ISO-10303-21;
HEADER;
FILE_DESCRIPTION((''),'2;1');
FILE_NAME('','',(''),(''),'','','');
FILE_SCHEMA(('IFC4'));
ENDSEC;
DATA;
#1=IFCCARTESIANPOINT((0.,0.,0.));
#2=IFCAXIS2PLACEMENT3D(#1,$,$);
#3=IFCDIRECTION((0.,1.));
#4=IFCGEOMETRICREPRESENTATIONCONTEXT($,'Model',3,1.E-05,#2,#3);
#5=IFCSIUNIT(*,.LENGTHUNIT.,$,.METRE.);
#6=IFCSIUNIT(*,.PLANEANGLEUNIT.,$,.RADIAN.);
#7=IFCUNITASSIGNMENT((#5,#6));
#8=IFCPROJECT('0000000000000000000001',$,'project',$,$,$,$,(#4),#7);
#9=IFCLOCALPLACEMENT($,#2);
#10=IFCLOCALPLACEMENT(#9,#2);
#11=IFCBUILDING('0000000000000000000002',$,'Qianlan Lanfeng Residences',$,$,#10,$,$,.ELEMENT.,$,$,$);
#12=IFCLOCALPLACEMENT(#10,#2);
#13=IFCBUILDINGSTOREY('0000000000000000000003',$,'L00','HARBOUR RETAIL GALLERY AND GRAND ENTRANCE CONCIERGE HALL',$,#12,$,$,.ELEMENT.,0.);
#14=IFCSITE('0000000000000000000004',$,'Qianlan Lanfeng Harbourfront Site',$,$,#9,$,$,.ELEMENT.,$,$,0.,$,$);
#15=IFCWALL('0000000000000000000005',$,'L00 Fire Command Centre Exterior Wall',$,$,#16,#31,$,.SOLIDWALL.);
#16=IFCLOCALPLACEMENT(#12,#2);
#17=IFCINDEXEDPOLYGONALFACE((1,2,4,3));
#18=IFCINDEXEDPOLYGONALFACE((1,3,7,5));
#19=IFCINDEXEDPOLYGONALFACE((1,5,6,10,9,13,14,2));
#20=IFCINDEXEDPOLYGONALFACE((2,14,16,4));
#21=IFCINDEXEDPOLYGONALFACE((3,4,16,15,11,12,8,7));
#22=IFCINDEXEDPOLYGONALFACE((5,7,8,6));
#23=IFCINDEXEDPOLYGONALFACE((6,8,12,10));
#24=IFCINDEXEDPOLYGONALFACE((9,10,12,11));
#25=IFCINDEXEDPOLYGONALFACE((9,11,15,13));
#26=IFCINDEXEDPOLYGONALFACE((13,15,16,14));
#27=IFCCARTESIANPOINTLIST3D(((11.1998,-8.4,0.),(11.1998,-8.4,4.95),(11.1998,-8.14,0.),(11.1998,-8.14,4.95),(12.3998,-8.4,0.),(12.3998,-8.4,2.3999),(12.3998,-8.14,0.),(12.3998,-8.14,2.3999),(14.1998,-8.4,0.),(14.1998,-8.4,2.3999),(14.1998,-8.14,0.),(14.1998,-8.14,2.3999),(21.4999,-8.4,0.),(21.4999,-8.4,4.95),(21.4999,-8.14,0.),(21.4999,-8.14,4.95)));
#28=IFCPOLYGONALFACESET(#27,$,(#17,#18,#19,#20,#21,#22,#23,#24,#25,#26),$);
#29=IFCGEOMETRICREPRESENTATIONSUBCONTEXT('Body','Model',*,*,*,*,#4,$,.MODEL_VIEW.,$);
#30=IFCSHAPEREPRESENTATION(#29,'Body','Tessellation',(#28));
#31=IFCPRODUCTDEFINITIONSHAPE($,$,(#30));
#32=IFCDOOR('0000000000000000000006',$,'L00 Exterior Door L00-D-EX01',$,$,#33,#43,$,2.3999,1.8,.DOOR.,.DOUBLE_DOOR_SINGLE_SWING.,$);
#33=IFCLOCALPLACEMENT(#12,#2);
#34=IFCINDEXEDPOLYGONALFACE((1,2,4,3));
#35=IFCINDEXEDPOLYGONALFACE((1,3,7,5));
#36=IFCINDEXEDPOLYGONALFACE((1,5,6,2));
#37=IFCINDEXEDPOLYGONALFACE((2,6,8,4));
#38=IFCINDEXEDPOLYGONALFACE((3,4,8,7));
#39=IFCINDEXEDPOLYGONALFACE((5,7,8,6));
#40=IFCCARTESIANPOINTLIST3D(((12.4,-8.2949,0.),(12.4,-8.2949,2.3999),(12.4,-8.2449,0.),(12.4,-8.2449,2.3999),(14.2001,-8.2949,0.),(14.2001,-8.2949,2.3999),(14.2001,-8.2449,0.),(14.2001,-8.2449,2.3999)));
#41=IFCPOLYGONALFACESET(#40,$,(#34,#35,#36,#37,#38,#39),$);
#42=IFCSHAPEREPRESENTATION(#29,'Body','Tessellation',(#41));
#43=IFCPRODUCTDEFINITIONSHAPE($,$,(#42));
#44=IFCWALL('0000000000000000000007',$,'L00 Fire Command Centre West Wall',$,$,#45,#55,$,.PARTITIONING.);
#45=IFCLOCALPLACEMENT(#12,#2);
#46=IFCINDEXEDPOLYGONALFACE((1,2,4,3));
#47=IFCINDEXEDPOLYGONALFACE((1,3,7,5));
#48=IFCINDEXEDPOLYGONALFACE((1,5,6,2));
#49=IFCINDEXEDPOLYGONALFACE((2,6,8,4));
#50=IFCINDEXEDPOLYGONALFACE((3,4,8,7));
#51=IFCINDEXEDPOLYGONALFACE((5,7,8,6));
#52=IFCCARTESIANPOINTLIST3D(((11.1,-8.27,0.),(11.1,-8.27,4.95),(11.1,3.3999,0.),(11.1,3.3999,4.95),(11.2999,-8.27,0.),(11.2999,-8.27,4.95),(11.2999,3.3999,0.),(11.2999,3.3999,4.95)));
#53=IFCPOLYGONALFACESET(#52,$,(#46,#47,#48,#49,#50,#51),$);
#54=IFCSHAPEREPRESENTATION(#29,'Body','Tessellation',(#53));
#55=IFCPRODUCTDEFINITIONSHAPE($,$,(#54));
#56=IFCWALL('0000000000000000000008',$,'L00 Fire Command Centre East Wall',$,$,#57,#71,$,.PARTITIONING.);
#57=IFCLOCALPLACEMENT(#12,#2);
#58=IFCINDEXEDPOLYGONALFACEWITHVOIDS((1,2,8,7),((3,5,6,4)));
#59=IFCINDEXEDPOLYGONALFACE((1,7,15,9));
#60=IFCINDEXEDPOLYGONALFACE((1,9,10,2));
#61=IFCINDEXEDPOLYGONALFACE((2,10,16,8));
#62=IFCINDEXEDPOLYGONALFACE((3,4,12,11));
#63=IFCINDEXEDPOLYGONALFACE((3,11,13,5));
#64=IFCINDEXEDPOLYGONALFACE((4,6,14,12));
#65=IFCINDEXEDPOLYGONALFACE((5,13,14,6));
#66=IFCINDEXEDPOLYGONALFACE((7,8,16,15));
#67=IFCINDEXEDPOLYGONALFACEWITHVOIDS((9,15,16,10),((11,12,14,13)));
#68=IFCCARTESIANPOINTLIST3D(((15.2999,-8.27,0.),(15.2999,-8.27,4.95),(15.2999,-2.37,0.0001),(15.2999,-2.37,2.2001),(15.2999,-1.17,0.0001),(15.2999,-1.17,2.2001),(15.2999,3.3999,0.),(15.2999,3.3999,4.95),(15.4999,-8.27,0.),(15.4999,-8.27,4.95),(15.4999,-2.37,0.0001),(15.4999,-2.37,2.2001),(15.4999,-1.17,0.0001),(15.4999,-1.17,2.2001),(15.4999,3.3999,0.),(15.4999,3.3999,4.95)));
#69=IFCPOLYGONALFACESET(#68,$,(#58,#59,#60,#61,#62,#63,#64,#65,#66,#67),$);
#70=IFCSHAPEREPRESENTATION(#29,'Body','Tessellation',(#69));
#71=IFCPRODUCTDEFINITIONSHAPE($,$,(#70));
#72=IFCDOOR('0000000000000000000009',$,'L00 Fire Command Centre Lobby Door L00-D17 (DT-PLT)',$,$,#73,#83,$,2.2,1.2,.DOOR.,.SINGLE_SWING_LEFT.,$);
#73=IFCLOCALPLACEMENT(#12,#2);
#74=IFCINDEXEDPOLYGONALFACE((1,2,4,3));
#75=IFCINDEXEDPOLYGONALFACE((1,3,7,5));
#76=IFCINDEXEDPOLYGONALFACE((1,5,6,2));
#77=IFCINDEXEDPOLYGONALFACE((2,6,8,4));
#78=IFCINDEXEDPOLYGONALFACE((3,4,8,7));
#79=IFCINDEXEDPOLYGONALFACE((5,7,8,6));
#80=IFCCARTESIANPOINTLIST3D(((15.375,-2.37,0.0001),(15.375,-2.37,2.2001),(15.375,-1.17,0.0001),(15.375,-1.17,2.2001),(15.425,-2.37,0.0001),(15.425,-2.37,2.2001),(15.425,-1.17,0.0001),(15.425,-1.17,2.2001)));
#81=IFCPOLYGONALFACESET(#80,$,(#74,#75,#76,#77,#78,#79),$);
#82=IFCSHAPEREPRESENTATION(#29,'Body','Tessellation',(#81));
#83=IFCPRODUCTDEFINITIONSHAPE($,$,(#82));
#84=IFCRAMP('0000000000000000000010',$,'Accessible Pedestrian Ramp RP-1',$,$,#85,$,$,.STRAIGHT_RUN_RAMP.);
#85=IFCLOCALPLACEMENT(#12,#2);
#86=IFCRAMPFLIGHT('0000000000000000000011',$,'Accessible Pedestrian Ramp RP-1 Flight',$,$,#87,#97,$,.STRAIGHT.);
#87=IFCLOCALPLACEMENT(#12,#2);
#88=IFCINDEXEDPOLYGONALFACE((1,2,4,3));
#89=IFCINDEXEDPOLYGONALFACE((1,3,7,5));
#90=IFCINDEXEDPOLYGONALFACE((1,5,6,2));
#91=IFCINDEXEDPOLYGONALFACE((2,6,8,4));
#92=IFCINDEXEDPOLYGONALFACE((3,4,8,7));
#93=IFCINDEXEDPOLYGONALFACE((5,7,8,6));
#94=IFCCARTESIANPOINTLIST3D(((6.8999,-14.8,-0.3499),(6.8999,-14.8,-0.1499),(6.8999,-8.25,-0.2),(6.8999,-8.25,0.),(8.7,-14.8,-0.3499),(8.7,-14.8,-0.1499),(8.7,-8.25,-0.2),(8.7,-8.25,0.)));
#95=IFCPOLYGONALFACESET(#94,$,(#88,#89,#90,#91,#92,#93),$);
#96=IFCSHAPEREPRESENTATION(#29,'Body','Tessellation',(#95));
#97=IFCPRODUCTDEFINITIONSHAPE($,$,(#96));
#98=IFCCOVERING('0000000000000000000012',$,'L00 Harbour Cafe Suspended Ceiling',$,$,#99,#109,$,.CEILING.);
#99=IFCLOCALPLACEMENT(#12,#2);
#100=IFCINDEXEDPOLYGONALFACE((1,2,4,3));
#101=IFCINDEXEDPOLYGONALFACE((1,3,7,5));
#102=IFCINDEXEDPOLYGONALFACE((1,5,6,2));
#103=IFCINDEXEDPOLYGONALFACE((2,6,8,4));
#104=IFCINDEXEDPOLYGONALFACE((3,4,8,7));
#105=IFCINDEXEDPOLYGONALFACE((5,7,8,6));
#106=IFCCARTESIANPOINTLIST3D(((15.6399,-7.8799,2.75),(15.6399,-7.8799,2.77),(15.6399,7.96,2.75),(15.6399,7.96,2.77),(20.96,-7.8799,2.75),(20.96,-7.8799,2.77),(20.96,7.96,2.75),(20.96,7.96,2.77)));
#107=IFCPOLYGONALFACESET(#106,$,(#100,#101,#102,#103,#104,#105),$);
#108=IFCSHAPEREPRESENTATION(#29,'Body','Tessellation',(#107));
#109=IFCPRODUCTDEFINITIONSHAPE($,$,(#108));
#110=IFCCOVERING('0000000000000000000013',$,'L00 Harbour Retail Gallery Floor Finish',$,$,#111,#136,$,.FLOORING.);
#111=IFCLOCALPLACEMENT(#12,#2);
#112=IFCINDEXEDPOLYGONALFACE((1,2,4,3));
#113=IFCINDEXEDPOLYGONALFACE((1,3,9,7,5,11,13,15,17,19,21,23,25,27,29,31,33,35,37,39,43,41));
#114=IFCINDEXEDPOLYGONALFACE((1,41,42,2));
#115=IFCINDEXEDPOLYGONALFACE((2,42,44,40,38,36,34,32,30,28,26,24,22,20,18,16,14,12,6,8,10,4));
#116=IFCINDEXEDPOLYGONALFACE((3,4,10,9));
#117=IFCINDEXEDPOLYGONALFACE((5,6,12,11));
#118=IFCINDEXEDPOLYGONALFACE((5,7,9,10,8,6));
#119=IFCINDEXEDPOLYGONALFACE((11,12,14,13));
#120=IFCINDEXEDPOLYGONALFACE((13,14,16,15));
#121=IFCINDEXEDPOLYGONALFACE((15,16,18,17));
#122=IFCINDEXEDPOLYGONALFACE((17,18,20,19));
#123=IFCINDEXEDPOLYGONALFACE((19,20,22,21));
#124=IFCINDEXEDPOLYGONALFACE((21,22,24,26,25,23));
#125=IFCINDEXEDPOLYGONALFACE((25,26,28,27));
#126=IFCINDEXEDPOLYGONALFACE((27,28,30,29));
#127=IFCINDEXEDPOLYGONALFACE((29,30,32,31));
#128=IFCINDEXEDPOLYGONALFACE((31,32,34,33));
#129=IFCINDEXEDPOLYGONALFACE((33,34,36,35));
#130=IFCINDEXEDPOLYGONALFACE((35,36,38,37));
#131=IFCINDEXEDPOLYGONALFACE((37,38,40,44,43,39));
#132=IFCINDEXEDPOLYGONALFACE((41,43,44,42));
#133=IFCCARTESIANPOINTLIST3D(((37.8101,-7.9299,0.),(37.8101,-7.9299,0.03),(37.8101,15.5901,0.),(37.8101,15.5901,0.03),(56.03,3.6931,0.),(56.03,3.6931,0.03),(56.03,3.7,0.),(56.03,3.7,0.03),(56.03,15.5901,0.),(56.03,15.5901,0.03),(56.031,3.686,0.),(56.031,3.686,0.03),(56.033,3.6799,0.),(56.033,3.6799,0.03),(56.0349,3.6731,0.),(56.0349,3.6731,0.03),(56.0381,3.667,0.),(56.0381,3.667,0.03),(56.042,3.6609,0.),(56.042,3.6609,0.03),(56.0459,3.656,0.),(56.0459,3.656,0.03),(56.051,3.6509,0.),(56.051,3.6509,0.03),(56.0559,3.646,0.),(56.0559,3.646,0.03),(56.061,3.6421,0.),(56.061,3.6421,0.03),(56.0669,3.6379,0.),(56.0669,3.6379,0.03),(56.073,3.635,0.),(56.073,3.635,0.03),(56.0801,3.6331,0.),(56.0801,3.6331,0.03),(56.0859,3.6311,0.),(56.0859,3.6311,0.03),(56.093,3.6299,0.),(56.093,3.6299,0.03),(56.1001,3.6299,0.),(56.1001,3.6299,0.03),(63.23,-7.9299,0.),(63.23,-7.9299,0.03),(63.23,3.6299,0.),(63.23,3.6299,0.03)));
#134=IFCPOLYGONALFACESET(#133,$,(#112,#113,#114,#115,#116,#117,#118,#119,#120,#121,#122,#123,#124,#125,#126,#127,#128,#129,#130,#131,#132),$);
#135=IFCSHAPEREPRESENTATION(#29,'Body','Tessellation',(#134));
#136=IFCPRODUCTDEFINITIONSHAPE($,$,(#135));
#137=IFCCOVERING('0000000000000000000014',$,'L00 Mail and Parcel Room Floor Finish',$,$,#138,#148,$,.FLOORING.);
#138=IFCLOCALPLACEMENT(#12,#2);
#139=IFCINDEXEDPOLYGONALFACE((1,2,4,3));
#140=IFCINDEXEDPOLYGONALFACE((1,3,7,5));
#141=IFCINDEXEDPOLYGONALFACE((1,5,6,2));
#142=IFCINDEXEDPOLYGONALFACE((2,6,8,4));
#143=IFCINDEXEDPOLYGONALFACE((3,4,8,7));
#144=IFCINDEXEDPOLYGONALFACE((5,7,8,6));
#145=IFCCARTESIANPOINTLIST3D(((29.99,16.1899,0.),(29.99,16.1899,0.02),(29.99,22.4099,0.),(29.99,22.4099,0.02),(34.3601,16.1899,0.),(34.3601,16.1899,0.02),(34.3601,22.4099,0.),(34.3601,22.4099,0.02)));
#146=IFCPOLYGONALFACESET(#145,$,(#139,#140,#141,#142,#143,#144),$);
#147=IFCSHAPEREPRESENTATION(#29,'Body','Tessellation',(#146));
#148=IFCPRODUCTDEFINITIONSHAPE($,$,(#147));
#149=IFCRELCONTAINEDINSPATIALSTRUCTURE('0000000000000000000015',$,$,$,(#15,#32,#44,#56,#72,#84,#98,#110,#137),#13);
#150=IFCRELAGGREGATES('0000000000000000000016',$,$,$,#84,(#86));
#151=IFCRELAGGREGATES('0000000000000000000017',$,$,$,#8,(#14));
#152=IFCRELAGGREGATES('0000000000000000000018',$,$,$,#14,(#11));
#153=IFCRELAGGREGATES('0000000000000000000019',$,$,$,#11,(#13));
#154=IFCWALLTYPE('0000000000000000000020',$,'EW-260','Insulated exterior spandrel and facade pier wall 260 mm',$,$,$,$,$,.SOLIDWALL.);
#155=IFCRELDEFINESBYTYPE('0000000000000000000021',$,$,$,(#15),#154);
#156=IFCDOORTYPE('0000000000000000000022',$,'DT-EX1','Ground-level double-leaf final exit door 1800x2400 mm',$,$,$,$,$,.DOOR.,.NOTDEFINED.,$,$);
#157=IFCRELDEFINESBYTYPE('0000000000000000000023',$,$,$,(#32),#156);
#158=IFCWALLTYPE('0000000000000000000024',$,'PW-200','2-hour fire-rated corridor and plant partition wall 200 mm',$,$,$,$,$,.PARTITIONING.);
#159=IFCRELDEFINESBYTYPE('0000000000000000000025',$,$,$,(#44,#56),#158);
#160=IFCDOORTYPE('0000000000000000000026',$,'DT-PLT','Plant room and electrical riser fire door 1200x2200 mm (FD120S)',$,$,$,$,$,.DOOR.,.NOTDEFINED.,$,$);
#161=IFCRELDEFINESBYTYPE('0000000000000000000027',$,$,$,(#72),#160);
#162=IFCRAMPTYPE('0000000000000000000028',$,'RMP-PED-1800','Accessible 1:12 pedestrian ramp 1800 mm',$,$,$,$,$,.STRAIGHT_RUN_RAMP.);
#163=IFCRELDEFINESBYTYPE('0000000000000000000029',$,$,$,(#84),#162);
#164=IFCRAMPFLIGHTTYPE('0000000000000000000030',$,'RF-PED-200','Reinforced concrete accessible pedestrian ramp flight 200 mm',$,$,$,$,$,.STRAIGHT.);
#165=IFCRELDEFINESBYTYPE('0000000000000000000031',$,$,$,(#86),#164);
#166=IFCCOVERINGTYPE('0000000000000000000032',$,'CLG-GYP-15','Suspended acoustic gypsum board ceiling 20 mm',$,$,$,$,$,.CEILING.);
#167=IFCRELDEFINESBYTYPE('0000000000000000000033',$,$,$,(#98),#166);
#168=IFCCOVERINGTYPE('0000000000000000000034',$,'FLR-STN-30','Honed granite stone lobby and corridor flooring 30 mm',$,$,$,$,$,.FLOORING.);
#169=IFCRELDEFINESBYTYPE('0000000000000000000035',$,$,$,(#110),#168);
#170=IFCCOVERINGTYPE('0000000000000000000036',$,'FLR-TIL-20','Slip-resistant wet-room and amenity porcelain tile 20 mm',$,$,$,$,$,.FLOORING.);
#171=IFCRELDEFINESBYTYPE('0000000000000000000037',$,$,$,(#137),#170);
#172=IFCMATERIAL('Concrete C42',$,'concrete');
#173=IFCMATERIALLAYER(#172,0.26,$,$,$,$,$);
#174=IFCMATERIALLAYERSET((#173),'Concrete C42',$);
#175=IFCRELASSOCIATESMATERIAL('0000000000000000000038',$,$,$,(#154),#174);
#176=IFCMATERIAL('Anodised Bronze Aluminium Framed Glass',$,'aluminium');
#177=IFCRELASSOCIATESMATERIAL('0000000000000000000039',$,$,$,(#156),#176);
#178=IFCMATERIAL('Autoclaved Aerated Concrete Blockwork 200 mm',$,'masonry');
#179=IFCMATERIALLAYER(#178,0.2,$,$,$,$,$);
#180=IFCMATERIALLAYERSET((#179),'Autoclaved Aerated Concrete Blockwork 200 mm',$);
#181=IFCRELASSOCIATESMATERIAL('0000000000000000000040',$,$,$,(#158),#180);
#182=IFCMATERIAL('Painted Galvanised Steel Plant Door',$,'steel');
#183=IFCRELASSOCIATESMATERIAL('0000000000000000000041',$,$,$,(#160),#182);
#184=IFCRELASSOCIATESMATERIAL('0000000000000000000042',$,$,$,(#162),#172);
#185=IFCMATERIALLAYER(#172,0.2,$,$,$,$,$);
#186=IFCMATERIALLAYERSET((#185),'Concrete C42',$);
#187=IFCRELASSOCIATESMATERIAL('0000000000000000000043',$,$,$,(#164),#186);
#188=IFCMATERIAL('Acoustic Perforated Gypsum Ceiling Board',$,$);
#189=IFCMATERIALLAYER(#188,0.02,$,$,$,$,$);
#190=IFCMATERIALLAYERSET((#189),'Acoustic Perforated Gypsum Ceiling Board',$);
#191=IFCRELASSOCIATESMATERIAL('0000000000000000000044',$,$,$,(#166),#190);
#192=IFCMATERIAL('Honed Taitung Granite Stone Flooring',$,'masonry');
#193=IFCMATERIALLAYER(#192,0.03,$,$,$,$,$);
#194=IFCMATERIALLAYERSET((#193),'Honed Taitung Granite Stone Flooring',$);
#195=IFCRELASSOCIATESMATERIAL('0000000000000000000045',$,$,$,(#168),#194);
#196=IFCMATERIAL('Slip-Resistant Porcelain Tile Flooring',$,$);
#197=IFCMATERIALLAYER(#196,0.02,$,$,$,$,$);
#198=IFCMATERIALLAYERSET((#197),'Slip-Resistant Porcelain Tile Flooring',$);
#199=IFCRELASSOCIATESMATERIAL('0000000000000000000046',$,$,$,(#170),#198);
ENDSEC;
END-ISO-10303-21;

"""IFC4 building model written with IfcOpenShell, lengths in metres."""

from ifc_helpers import new_model, si_unit, direction, frame, frame_2d, origin, place, context, subcontext, project, spatial, polyline, rectangle, outline, extrude, material, layer, layer_set, type_object, element, fill, aggregate, save


model = new_model("IFC4")

# Units and contexts
model_context = context("Model", 3, precision=1e-05, world=origin(), true_north=direction((0.0, 1.0)))
body_context = subcontext(model_context, "Body", "Model", "MODEL_VIEW")
ifc_project = project(units=[si_unit("LENGTHUNIT", "METRE"), si_unit("PLANEANGLEUNIT", "RADIAN")], contexts=[model_context])

# Site, building, storey
site_placement = place(None, origin())
site = spatial("IfcSite", under=ifc_project, at=site_placement, Name="Qianlan Lanfeng Harbourfront Site", CompositionType="ELEMENT", RefElevation=0.0)
building_placement = place(site_placement, origin())
building = spatial("IfcBuilding", under=site, at=building_placement, Name="Qianlan Lanfeng Residences", CompositionType="ELEMENT")
storey_placement = place(building_placement, origin())
storey = spatial("IfcBuildingStorey", under=building, at=storey_placement, Name="L00", Description="HARBOUR RETAIL GALLERY AND GRAND ENTRANCE CONCIERGE HALL", CompositionType="ELEMENT", Elevation=0.0)

# Wall, opening, door
ifc_material_1 = material(Name="Concrete C42", Category="concrete")
ifc_layer_1 = layer(ifc_material_1, 0.26)
ifc_layer_set_1 = layer_set([ifc_layer_1], Name="Concrete C42")
wall_type_1 = type_object("IfcWallType", Name="EW-260", Description="Insulated exterior spandrel and facade pier wall 260 mm", PredefinedType="SOLIDWALL", material=ifc_layer_set_1)
wall_1_placement = place(storey_placement, frame((11.2, -8.27, 0.0), z_axis=(0.0, 0.0, 1.0), x_axis=(1.0, 0.0, 0.0)))
wall_1 = element("IfcWall", 1, at=wall_1_placement, inside=storey, type_object=wall_type_1, Name="L00 Fire Command Centre Exterior Wall", PredefinedType="SOLIDWALL", context=body_context, shape_type="SweptSolid", body=[
    extrude(rectangle(XDim=10.3, YDim=0.26, at=frame_2d((5.1499, 0.0))), origin(), (0.0, 0.0, 1.0), 4.95),
])
opening_1_placement = place(wall_1_placement, frame((1.2, 0.0, 0.0)))
opening_1 = element("IfcOpeningElement", 2, at=opening_1_placement, cuts=wall_1, PredefinedType="OPENING", context=body_context, shape_type="SweptSolid", body=[
    extrude(rectangle(XDim=1.8, YDim=2.3999, at=frame_2d((0.8999, 1.2))), frame((0.0, 0.1401, 0.0), z_axis=(0.0, -1.0, 0.0), x_axis=(1.0, 0.0, 0.0)), (0.0, 0.0, 1.0), 0.28),
])
ifc_material_2 = material(Name="Anodised Bronze Aluminium Framed Glass", Category="aluminium")
door_type_1 = type_object("IfcDoorType", Name="DT-EX1", Description="Ground-level double-leaf final exit door 1800x2400 mm", OperationType="NOTDEFINED", PredefinedType="DOOR", material=ifc_material_2)
door_1_placement = place(opening_1_placement, frame((1.8, 0.0, 0.0), z_axis=(0.0, 0.0, 1.0), x_axis=(-1.0, 0.0, 0.0)))
door_1 = element("IfcDoor", 3, at=door_1_placement, inside=storey, type_object=door_type_1, Name="L00 Exterior Door L00-D-EX01", OperationType="DOUBLE_DOOR_SINGLE_SWING", OverallHeight=2.3999, OverallWidth=1.8, PredefinedType="DOOR", context=body_context, shape_type="SweptSolid", body=[
    extrude(rectangle(XDim=1.8, YDim=2.3999, at=frame_2d((0.8999, 1.2))), frame((0.0, 0.0249, 0.0), z_axis=(0.0, -1.0, 0.0), x_axis=(1.0, 0.0, 0.0)), (0.0, 0.0, 1.0), 0.05),
])
fill(opening_1, door_1)

# Wall
ifc_material_3 = material(Name="Autoclaved Aerated Concrete Blockwork 200 mm", Category="masonry")
ifc_layer_2 = layer(ifc_material_3, 0.2)
ifc_layer_set_2 = layer_set([ifc_layer_2], Name="Autoclaved Aerated Concrete Blockwork 200 mm")
wall_type_2 = type_object("IfcWallType", Name="PW-200", Description="2-hour fire-rated corridor and plant partition wall 200 mm", PredefinedType="PARTITIONING", material=ifc_layer_set_2)
wall_2_placement = place(storey_placement, frame((11.2, -8.27, 0.0), z_axis=(0.0, 0.0, 1.0), x_axis=(0.0, 1.0, 0.0)))
element("IfcWall", 4, at=wall_2_placement, inside=storey, type_object=wall_type_2, Name="L00 Fire Command Centre West Wall", PredefinedType="PARTITIONING", context=body_context, shape_type="SweptSolid", body=[
    extrude(rectangle(XDim=11.6699, YDim=0.2, at=frame_2d((5.835, 0.0))), origin(), (0.0, 0.0, 1.0), 4.95),
])

# Wall, opening, door
wall_3_placement = place(storey_placement, frame((15.3999, -8.27, 0.0), z_axis=(0.0, 0.0, 1.0), x_axis=(0.0, 1.0, 0.0)))
wall_3 = element("IfcWall", 5, at=wall_3_placement, inside=storey, type_object=wall_type_2, Name="L00 Fire Command Centre East Wall", PredefinedType="PARTITIONING", context=body_context, shape_type="SweptSolid", body=[
    extrude(rectangle(XDim=11.6699, YDim=0.2, at=frame_2d((5.835, 0.0))), origin(), (0.0, 0.0, 1.0), 4.95),
])
opening_2_placement = place(wall_3_placement, frame((5.8999, 0.0, 0.0)))
opening_2 = element("IfcOpeningElement", 6, at=opening_2_placement, cuts=wall_3, PredefinedType="OPENING", context=body_context, shape_type="SweptSolid", body=[
    extrude(rectangle(XDim=1.2, YDim=2.2, at=frame_2d((0.6001, 1.1001))), frame((0.0, 0.1099, 0.0), z_axis=(0.0, -1.0, 0.0), x_axis=(1.0, 0.0, 0.0)), (0.0, 0.0, 1.0), 0.22),
])
ifc_material_4 = material(Name="Painted Galvanised Steel Plant Door", Category="steel")
door_type_2 = type_object("IfcDoorType", Name="DT-PLT", Description="Plant room and electrical riser fire door 1200x2200 mm (FD120S)", OperationType="NOTDEFINED", PredefinedType="DOOR", material=ifc_material_4)
door_2_placement = place(opening_2_placement, origin())
door_2 = element("IfcDoor", 7, at=door_2_placement, inside=storey, type_object=door_type_2, Name="L00 Fire Command Centre Lobby Door L00-D17 (DT-PLT)", OperationType="SINGLE_SWING_LEFT", OverallHeight=2.2, OverallWidth=1.2, PredefinedType="DOOR", context=body_context, shape_type="SweptSolid", body=[
    extrude(rectangle(XDim=1.2, YDim=2.2, at=frame_2d((0.6001, 1.1001))), frame((0.0, 0.0249, 0.0), z_axis=(0.0, -1.0, 0.0), x_axis=(1.0, 0.0, 0.0)), (0.0, 0.0, 1.0), 0.05),
])
fill(opening_2, door_2)

# Ramp, ramp flight
ramp_type = type_object("IfcRampType", Name="RMP-PED-1800", Description="Accessible 1:12 pedestrian ramp 1800 mm", PredefinedType="STRAIGHT_RUN_RAMP", material=ifc_material_1)
ramp_placement = place(storey_placement, origin())
ramp = element("IfcRamp", 8, at=ramp_placement, inside=storey, type_object=ramp_type, Name="Accessible Pedestrian Ramp RP-1", PredefinedType="STRAIGHT_RUN_RAMP")
ifc_layer_3 = layer(ifc_material_1, 0.2)
ifc_layer_set_3 = layer_set([ifc_layer_3], Name="Concrete C42")
ramp_flight_type = type_object("IfcRampFlightType", Name="RF-PED-200", Description="Reinforced concrete accessible pedestrian ramp flight 200 mm", PredefinedType="STRAIGHT", material=ifc_layer_set_3)
ramp_flight_placement = place(storey_placement, frame((7.7998, -14.8, -0.1499), z_axis=(0.0, 0.0, 1.0), x_axis=(0.0, 1.0, 0.0)))
ramp_flight = element("IfcRampFlight", 9, at=ramp_flight_placement, type_object=ramp_flight_type, Name="Accessible Pedestrian Ramp RP-1 Flight", PredefinedType="STRAIGHT", context=body_context, shape_type="SweptSolid", body=[
    extrude(outline(polyline([(0.0, -0.2), (6.55, -0.05), (6.55, 0.1499), (0.0, 0.0), (0.0, -0.2)])), frame((0.0, 0.8999, 0.0), z_axis=(0.0, -1.0, 0.0), x_axis=(1.0, 0.0, 0.0)), (0.0, 0.0, 1.0), 1.8),
])
aggregate(ramp, [ramp_flight])

# Coverings
ifc_material_5 = material(Name="Acoustic Perforated Gypsum Ceiling Board")
ifc_layer_4 = layer(ifc_material_5, 0.02)
ifc_layer_set_4 = layer_set([ifc_layer_4], Name="Acoustic Perforated Gypsum Ceiling Board")
covering_type_1 = type_object("IfcCoveringType", Name="CLG-GYP-15", Description="Suspended acoustic gypsum board ceiling 20 mm", PredefinedType="CEILING", material=ifc_layer_set_4)
covering_1_placement = place(storey_placement, frame((0.0, 0.0, 2.75)))
element("IfcCovering", 10, at=covering_1_placement, inside=storey, type_object=covering_type_1, Name="L00 Harbour Cafe Suspended Ceiling", PredefinedType="CEILING", context=body_context, shape_type="SweptSolid", body=[
    extrude(outline(polyline([(15.6399, -7.8799), (20.96, -7.8799), (20.96, 7.96), (15.6399, 7.96), (15.6399, -7.8799)])), origin(), (0.0, 0.0, 1.0), 0.02),
])
ifc_material_6 = material(Name="Honed Taitung Granite Stone Flooring", Category="masonry")
ifc_layer_5 = layer(ifc_material_6, 0.03)
ifc_layer_set_5 = layer_set([ifc_layer_5], Name="Honed Taitung Granite Stone Flooring")
covering_type_2 = type_object("IfcCoveringType", Name="FLR-STN-30", Description="Honed granite stone lobby and corridor flooring 30 mm", PredefinedType="FLOORING", material=ifc_layer_set_5)
covering_2_placement = place(storey_placement, origin())
element("IfcCovering", 11, at=covering_2_placement, inside=storey, type_object=covering_type_2, Name="L00 Harbour Retail Gallery Floor Finish", PredefinedType="FLOORING", context=body_context, shape_type="SweptSolid", body=[
    extrude(outline(polyline([(63.23, -7.9299), (63.23, 3.6299), (56.1001, 3.6299), (56.093, 3.6299), (56.0859, 3.6311), (56.0801, 3.6331), (56.073, 3.635), (56.0669, 3.6379), (56.061, 3.6421), (56.0559, 3.646), (56.051, 3.6509), (56.0459, 3.656), (56.042, 3.6609), (56.0381, 3.667), (56.0349, 3.6731), (56.033, 3.6799), (56.031, 3.686), (56.03, 3.6931), (56.03, 3.7), (56.03, 15.5901), (37.8101, 15.5901), (37.8101, -7.9299), (63.23, -7.9299)])), origin(), (0.0, 0.0, 1.0), 0.03),
])
ifc_material_7 = material(Name="Slip-Resistant Porcelain Tile Flooring")
ifc_layer_6 = layer(ifc_material_7, 0.02)
ifc_layer_set_6 = layer_set([ifc_layer_6], Name="Slip-Resistant Porcelain Tile Flooring")
covering_type_3 = type_object("IfcCoveringType", Name="FLR-TIL-20", Description="Slip-resistant wet-room and amenity porcelain tile 20 mm", PredefinedType="FLOORING", material=ifc_layer_set_6)
covering_3_placement = place(storey_placement, origin())
element("IfcCovering", 12, at=covering_3_placement, inside=storey, type_object=covering_type_3, Name="L00 Mail and Parcel Room Floor Finish", PredefinedType="FLOORING", context=body_context, shape_type="SweptSolid", body=[
    extrude(outline(polyline([(29.99, 16.1899), (34.3601, 16.1899), (34.3601, 22.4099), (29.99, 22.4099), (29.99, 16.1899)])), origin(), (0.0, 0.0, 1.0), 0.02),
])

save(model, "model.ifc")
